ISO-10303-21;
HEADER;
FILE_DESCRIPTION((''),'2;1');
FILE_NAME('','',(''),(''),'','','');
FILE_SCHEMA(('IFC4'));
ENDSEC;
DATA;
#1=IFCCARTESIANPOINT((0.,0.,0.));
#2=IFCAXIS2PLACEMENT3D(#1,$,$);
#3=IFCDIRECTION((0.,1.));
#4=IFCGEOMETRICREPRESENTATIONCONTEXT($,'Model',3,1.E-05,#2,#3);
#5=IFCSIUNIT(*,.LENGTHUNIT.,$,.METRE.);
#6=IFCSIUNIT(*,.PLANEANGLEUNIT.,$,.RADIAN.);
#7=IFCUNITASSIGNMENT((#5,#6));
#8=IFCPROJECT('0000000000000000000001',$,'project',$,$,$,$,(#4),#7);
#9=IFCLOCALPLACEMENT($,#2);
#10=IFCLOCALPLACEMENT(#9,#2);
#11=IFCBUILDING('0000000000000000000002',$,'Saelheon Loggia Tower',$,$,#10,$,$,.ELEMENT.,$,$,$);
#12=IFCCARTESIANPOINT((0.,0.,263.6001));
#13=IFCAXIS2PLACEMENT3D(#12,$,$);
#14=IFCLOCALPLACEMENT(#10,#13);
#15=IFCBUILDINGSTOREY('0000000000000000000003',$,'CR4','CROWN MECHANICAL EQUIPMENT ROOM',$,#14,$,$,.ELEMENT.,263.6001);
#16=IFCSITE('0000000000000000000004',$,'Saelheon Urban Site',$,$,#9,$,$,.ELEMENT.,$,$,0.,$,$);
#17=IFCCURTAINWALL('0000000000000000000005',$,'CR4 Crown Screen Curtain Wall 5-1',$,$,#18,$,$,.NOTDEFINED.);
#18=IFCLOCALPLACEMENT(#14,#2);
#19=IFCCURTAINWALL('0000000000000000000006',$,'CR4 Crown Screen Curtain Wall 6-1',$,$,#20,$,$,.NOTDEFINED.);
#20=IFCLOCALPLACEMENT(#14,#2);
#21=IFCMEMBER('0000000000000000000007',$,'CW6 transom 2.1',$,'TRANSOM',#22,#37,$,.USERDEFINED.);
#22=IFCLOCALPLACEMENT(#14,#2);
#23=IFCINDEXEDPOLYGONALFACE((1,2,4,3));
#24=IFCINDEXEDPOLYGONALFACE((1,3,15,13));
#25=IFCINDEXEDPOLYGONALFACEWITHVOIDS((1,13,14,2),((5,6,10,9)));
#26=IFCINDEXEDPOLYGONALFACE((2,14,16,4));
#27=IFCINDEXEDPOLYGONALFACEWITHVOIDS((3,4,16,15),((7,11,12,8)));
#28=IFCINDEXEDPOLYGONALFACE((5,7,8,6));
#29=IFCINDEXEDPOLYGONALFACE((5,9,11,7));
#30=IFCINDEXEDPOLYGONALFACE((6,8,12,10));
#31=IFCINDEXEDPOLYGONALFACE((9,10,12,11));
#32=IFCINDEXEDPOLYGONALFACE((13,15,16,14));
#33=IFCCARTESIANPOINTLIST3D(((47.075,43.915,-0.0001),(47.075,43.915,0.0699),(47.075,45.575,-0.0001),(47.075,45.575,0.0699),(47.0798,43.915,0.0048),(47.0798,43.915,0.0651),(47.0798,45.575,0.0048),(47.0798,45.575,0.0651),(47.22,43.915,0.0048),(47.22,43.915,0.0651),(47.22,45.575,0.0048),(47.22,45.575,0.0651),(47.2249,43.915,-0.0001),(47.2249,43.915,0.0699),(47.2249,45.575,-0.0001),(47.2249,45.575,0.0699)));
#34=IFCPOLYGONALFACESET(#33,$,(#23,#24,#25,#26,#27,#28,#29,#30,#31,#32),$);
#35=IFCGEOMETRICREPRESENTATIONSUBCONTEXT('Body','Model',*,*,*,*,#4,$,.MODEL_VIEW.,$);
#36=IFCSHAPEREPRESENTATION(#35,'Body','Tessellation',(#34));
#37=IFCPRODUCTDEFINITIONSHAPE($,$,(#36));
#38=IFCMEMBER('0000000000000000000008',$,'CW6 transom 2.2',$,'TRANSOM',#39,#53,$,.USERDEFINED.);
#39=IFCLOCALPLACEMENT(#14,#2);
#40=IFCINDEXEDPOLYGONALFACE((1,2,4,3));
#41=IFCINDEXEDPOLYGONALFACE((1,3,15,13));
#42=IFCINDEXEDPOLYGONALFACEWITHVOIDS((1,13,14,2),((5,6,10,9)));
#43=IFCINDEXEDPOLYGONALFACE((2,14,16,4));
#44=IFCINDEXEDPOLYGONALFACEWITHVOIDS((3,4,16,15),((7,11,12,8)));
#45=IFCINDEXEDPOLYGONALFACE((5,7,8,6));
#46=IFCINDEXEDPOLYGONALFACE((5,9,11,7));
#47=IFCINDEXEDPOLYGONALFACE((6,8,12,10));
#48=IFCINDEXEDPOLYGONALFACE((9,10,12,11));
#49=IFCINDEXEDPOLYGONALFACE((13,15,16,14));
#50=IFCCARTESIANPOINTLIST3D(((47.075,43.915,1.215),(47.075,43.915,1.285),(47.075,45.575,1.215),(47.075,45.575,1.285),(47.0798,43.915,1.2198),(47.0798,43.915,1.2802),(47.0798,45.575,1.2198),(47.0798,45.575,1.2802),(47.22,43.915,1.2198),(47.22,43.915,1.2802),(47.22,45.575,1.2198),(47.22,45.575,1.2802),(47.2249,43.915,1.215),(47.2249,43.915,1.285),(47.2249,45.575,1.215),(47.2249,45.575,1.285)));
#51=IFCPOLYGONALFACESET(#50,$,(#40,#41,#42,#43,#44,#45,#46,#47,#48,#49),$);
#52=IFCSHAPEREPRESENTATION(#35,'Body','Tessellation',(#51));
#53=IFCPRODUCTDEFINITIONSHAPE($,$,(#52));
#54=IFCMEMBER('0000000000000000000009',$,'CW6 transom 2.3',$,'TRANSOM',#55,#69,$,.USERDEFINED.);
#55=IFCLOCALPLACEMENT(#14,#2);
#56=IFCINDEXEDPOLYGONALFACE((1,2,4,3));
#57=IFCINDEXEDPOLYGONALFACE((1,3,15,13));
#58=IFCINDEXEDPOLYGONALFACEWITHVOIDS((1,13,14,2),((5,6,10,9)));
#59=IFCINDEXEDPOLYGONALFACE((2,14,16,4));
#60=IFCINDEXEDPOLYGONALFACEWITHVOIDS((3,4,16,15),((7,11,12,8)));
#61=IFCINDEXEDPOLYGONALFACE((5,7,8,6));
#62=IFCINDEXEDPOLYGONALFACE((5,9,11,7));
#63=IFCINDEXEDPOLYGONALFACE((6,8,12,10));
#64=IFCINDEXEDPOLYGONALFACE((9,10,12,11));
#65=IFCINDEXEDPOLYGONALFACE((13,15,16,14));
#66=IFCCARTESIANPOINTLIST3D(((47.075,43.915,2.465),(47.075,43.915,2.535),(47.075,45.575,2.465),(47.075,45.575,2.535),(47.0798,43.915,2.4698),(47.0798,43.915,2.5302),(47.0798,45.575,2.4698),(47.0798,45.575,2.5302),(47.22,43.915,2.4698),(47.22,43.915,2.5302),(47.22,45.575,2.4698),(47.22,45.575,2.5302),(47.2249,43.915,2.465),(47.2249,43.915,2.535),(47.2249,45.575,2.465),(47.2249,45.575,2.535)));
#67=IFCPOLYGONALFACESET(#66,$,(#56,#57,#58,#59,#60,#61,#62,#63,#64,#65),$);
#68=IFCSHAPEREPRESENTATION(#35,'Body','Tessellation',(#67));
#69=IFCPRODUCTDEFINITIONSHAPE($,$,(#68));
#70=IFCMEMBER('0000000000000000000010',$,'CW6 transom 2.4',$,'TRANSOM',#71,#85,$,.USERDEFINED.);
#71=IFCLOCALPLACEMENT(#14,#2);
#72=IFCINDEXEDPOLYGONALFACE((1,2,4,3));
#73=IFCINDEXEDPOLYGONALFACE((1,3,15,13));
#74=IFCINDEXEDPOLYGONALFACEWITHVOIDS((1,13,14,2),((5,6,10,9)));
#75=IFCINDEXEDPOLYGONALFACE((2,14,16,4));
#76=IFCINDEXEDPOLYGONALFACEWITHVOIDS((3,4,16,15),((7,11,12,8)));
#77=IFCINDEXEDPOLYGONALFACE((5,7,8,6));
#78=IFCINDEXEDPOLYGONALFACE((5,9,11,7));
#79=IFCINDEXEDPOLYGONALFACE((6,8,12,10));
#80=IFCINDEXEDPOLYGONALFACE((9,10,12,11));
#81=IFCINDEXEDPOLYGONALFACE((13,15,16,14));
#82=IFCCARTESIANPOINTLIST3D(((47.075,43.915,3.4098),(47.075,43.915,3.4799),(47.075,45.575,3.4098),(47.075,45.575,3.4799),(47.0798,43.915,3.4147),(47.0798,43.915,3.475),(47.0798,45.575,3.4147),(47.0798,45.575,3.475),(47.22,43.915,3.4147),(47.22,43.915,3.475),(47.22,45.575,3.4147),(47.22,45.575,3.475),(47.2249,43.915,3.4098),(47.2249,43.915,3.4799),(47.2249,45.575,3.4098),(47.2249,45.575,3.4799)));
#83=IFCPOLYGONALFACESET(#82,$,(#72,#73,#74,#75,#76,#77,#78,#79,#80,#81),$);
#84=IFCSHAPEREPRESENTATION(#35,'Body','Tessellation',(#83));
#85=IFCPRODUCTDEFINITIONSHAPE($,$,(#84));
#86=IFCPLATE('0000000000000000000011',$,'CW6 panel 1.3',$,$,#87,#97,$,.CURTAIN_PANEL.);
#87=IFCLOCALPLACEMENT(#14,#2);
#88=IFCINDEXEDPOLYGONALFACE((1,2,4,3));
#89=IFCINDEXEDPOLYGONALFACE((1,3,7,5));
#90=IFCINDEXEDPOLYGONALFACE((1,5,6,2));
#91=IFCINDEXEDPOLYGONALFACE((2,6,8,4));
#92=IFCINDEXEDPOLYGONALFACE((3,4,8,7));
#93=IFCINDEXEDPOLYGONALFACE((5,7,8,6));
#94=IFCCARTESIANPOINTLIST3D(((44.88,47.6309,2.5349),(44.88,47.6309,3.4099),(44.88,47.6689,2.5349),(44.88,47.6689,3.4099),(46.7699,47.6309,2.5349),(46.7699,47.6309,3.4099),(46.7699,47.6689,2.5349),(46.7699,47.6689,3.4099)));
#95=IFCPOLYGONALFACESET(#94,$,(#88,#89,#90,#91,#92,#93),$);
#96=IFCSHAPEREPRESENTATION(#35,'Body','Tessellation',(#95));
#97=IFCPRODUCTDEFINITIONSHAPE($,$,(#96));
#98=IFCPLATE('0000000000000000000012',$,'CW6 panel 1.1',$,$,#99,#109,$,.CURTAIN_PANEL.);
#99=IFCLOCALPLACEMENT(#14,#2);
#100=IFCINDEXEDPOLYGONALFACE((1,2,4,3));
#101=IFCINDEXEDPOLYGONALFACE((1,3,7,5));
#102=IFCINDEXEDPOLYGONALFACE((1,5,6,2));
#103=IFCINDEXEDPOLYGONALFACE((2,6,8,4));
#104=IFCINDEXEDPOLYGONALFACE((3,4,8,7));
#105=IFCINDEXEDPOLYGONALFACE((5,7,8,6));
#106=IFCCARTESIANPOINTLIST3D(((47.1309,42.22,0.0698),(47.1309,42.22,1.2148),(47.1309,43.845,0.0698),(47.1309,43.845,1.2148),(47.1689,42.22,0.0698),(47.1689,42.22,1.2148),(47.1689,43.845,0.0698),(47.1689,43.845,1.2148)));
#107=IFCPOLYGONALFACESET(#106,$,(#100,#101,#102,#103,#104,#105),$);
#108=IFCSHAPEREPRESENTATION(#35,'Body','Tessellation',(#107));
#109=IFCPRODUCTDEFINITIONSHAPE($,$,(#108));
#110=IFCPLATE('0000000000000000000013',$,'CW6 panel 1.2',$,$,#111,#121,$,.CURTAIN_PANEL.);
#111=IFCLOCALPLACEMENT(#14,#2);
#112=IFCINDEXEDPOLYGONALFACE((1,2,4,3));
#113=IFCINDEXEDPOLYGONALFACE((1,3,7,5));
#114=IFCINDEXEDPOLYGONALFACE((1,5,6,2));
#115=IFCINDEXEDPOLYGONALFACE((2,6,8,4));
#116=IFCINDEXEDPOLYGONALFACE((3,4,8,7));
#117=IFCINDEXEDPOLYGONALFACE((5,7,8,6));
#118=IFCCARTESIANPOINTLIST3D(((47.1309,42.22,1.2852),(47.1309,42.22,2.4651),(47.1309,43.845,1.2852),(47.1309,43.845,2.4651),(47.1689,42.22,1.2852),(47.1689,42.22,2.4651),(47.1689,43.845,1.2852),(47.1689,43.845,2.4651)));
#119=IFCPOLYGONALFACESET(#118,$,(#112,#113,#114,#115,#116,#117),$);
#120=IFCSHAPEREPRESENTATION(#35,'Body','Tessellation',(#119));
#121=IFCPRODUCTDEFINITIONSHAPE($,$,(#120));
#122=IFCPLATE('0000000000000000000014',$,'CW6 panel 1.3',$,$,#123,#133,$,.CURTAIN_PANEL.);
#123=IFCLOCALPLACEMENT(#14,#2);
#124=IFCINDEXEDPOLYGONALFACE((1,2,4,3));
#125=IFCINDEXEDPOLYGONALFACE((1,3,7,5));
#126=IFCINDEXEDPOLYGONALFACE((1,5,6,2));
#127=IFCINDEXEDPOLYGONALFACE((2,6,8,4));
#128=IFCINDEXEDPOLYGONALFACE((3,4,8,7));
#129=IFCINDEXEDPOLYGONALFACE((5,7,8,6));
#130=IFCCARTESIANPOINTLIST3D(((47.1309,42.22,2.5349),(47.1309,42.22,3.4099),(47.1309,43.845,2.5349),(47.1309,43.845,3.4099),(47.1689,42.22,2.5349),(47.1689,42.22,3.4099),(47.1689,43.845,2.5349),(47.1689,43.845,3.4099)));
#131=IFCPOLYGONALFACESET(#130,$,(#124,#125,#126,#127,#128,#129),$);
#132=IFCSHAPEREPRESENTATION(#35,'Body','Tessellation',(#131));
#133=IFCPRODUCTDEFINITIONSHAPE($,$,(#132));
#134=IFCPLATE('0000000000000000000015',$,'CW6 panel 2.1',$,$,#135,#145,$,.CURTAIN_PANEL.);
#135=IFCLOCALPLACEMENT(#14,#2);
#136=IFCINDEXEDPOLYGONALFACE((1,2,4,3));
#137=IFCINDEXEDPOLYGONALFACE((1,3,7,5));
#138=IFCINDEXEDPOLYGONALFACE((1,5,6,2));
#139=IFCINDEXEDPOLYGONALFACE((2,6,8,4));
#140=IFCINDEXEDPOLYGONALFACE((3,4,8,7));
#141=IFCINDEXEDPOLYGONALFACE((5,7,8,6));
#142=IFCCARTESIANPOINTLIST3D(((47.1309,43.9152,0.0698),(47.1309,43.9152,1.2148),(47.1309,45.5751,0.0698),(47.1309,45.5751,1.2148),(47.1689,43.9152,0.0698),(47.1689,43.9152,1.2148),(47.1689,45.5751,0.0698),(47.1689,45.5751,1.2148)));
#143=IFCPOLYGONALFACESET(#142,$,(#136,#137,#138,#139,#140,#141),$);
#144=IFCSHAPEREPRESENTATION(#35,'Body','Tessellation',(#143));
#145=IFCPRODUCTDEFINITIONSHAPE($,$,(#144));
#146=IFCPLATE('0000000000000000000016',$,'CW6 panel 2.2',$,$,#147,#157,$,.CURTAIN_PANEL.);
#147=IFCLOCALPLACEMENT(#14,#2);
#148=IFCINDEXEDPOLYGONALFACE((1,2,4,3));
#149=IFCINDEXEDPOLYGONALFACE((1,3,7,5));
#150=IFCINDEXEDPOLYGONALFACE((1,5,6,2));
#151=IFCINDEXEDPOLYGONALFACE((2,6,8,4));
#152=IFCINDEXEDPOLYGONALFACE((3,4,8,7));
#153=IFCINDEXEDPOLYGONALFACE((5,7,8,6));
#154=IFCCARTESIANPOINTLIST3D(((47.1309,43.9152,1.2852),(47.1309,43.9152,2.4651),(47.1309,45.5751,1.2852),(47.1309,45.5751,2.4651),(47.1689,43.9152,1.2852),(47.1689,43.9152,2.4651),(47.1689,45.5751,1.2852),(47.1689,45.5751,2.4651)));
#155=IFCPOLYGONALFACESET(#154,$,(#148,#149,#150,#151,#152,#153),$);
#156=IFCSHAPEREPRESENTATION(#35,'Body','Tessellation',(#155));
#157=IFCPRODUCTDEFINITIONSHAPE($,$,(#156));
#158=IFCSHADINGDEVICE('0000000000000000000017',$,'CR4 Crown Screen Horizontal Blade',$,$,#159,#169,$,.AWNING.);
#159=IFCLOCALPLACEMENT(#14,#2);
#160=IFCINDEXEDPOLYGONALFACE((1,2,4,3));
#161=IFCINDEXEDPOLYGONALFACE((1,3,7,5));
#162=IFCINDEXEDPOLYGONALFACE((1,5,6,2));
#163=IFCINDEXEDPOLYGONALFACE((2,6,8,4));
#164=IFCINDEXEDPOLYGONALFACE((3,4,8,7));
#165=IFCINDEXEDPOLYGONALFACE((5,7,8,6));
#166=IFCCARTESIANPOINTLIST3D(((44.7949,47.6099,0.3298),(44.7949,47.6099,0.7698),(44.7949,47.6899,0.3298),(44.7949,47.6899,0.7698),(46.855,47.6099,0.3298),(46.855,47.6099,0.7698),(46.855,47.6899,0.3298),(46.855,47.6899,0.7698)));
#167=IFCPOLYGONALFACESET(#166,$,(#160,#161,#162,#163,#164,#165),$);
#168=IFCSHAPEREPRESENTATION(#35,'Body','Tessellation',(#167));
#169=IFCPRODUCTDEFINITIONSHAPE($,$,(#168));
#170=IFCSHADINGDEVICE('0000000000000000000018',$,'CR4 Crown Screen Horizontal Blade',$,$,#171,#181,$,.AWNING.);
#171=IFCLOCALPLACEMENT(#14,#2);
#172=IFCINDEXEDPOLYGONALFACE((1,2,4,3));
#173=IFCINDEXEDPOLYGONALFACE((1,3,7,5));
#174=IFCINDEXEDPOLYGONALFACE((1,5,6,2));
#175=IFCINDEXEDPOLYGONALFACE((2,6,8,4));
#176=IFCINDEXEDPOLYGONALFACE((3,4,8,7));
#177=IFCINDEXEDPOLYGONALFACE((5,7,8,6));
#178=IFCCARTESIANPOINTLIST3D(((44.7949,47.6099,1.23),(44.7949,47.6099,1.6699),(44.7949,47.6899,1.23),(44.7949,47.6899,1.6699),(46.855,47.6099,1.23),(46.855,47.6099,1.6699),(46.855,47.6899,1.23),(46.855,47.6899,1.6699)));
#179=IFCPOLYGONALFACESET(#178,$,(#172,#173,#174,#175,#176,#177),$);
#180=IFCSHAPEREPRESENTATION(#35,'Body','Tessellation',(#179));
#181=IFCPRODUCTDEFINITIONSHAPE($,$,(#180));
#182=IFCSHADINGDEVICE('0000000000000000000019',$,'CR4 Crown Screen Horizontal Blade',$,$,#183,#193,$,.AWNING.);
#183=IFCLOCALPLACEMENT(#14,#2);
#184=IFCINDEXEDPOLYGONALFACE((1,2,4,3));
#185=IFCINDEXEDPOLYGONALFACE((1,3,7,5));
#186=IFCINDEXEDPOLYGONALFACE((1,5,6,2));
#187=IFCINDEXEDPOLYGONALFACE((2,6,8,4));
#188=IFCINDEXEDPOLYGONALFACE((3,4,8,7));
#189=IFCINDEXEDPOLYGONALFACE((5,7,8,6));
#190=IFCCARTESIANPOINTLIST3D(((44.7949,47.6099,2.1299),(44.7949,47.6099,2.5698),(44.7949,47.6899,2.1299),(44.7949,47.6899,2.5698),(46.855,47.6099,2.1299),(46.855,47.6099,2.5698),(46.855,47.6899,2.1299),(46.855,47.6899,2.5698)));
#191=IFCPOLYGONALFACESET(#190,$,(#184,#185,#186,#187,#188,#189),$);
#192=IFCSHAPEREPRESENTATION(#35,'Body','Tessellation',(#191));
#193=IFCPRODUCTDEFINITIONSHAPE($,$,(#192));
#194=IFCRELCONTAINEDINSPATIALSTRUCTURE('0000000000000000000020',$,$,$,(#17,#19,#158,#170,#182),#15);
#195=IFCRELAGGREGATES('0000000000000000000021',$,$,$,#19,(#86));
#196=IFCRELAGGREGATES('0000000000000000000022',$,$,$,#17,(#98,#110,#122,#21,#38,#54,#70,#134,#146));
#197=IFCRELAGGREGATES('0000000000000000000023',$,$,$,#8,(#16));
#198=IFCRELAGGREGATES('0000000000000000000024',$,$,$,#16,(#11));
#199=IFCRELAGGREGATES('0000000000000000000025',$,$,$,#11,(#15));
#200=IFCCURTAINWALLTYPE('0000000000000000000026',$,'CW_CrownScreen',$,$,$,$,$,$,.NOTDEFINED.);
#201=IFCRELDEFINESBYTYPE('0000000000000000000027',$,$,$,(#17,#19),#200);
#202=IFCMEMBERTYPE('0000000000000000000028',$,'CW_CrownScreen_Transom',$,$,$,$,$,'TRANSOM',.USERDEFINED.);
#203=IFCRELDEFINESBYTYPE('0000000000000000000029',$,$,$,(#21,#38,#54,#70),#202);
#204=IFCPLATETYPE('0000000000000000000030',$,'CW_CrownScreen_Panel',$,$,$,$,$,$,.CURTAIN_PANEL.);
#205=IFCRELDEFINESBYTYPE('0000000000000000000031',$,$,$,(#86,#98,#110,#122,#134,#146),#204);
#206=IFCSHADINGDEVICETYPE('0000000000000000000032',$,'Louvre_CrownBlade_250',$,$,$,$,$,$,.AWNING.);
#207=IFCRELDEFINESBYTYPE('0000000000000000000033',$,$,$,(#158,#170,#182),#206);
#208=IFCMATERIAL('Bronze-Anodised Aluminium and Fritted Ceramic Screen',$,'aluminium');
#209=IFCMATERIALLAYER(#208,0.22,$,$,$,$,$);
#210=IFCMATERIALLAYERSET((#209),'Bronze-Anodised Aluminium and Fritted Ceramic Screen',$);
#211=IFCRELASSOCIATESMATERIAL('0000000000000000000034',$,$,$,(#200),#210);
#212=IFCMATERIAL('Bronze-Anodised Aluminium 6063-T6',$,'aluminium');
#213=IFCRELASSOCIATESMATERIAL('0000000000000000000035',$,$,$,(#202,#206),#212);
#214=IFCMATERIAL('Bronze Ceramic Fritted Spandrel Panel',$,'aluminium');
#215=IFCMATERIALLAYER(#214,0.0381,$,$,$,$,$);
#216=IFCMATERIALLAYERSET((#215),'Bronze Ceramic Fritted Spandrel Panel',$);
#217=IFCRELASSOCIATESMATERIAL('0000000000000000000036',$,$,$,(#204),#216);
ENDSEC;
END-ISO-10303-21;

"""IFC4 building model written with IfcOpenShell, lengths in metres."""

from ifc_helpers import new_model, si_unit, direction, frame, origin, origin_2d, place, context, subcontext, project, spatial, rectangle, hollow_rectangle, extrude, source, transform, mapped, material, layer, layer_set, material_profile, profile_set, type_object, element, aggregate, save


model = new_model("IFC4")

# Units and contexts
model_context = context("Model", 3, precision=1e-05, world=origin(), true_north=direction((0.0, 1.0)))
body_context = subcontext(model_context, "Body", "Model", "MODEL_VIEW")
ifc_project = project(units=[si_unit("LENGTHUNIT", "METRE"), si_unit("PLANEANGLEUNIT", "RADIAN")], contexts=[model_context])

# Site, building, storey
site_placement = place(None, origin())
site = spatial("IfcSite", under=ifc_project, at=site_placement, Name="Saelheon Urban Site", CompositionType="ELEMENT", RefElevation=0.0)
building_placement = place(site_placement, origin())
building = spatial("IfcBuilding", under=site, at=building_placement, Name="Saelheon Loggia Tower", CompositionType="ELEMENT")
storey_placement = place(building_placement, frame((0.0, 0.0, 263.6001)))
storey = spatial("IfcBuildingStorey", under=building, at=storey_placement, Name="CR4", Description="CROWN MECHANICAL EQUIPMENT ROOM", CompositionType="ELEMENT", Elevation=263.6001)

# Curtain walls
ifc_material_1 = material(Name="Bronze-Anodised Aluminium and Fritted Ceramic Screen", Category="aluminium")
ifc_layer_1 = layer(ifc_material_1, 0.22)
ifc_layer_set_1 = layer_set([ifc_layer_1], Name="Bronze-Anodised Aluminium and Fritted Ceramic Screen")
curtain_wall_type = type_object("IfcCurtainWallType", Name="CW_CrownScreen", PredefinedType="NOTDEFINED", material=ifc_layer_set_1)
curtain_wall_1_placement = place(storey_placement, origin())
curtain_wall_1 = element("IfcCurtainWall", 1, at=curtain_wall_1_placement, inside=storey, type_object=curtain_wall_type, Name="CR4 Crown Screen Curtain Wall 5-1", PredefinedType="NOTDEFINED")
ifc_material_2 = material(Name="Bronze-Anodised Aluminium 6063-T6", Category="aluminium")
curtain_wall_2_placement = place(storey_placement, origin())
curtain_wall_2 = element("IfcCurtainWall", 2, at=curtain_wall_2_placement, inside=storey, type_object=curtain_wall_type, Name="CR4 Crown Screen Curtain Wall 6-1", PredefinedType="NOTDEFINED")
ifc_material_profile_1 = material_profile(ifc_material_2, hollow_rectangle(XDim=0.0701, YDim=0.1499, WallThickness=0.0049, at=origin_2d()), Name="RHS-150x70x5")
ifc_profile_set_1 = profile_set([ifc_material_profile_1], Name="Bronze-Anodised Aluminium 6063-T6")
member_type_1 = type_object("IfcMemberType", Name="CW_CrownScreen_Transom", ElementType="TRANSOM", PredefinedType="USERDEFINED", material=ifc_profile_set_1)

# Members
shared_shape_1 = source(origin(), body_context, "Body", "SweptSolid", [
    extrude(hollow_rectangle(XDim=0.0701, YDim=0.1499, WallThickness=0.0049, at=origin_2d()), origin(), (0.0, 0.0, 1.0), 1.6599),
])
member_1_placement = place(storey_placement, frame((47.1499, 43.915, 0.0349), z_axis=(0.0, 1.0, 0.0), x_axis=(0.0, 0.0, 1.0)))
member_1 = element("IfcMember", 3, at=member_1_placement, type_object=member_type_1, Name="CW6 transom 2.1", ObjectType="TRANSOM", PredefinedType="USERDEFINED", context=body_context, shape_type="MappedRepresentation", body=[
    mapped(shared_shape_1, transform((0.0, 0.0, 0.0), scale=1.0)),
])
member_2_placement = place(storey_placement, frame((47.1499, 43.915, 1.25), z_axis=(0.0, 1.0, 0.0), x_axis=(0.0, 0.0, 1.0)))
member_2 = element("IfcMember", 4, at=member_2_placement, type_object=member_type_1, Name="CW6 transom 2.2", ObjectType="TRANSOM", PredefinedType="USERDEFINED", context=body_context, shape_type="MappedRepresentation", body=[
    mapped(shared_shape_1, transform((0.0, 0.0, 0.0), scale=1.0)),
])
member_3_placement = place(storey_placement, frame((47.1499, 43.915, 2.5), z_axis=(0.0, 1.0, 0.0), x_axis=(0.0, 0.0, 1.0)))
member_3 = element("IfcMember", 5, at=member_3_placement, type_object=member_type_1, Name="CW6 transom 2.3", ObjectType="TRANSOM", PredefinedType="USERDEFINED", context=body_context, shape_type="MappedRepresentation", body=[
    mapped(shared_shape_1, transform((0.0, 0.0, 0.0), scale=1.0)),
])
member_4_placement = place(storey_placement, frame((47.1499, 43.915, 3.4448), z_axis=(0.0, 1.0, 0.0), x_axis=(0.0, 0.0, 1.0)))
member_4 = element("IfcMember", 6, at=member_4_placement, type_object=member_type_1, Name="CW6 transom 2.4", ObjectType="TRANSOM", PredefinedType="USERDEFINED", context=body_context, shape_type="MappedRepresentation", body=[
    mapped(shared_shape_1, transform((0.0, 0.0, 0.0), scale=1.0)),
])

# Plates
ifc_material_3 = material(Name="Bronze Ceramic Fritted Spandrel Panel", Category="aluminium")
ifc_layer_2 = layer(ifc_material_3, 0.0381)
ifc_layer_set_2 = layer_set([ifc_layer_2], Name="Bronze Ceramic Fritted Spandrel Panel")
plate_type = type_object("IfcPlateType", Name="CW_CrownScreen_Panel", PredefinedType="CURTAIN_PANEL", material=ifc_layer_set_2)
shared_shape_2 = source(origin(), body_context, "Body", "SweptSolid", [
    extrude(rectangle(XDim=1.8899, YDim=0.0381, at=origin_2d()), origin(), (0.0, 0.0, 1.0), 0.875),
])
plate_1_placement = place(storey_placement, frame((45.825, 47.6499, 2.5349), z_axis=(0.0, 0.0, 1.0), x_axis=(-1.0, 0.0, 0.0)))
plate_1 = element("IfcPlate", 7, at=plate_1_placement, type_object=plate_type, Name="CW6 panel 1.3", PredefinedType="CURTAIN_PANEL", context=body_context, shape_type="MappedRepresentation", body=[
    mapped(shared_shape_2, transform((0.0, 0.0, 0.0), scale=1.0)),
])
aggregate(curtain_wall_2, [plate_1])
shared_shape_3 = source(origin(), body_context, "Body", "SweptSolid", [
    extrude(rectangle(XDim=1.625, YDim=0.0381, at=origin_2d()), origin(), (0.0, 0.0, 1.0), 1.145),
])
plate_2_placement = place(storey_placement, frame((47.1499, 43.0325, 0.0698), z_axis=(0.0, 0.0, 1.0), x_axis=(0.0, 1.0, 0.0)))
plate_2 = element("IfcPlate", 8, at=plate_2_placement, type_object=plate_type, Name="CW6 panel 1.1", PredefinedType="CURTAIN_PANEL", context=body_context, shape_type="MappedRepresentation", body=[
    mapped(shared_shape_3, transform((0.0, 0.0, 0.0), scale=1.0)),
])
shared_shape_4 = source(origin(), body_context, "Body", "SweptSolid", [
    extrude(rectangle(XDim=1.625, YDim=0.0381, at=origin_2d()), origin(), (0.0, 0.0, 1.0), 1.1799),
])
plate_3_placement = place(storey_placement, frame((47.1499, 43.0325, 1.2852), z_axis=(0.0, 0.0, 1.0), x_axis=(0.0, 1.0, 0.0)))
plate_3 = element("IfcPlate", 9, at=plate_3_placement, type_object=plate_type, Name="CW6 panel 1.2", PredefinedType="CURTAIN_PANEL", context=body_context, shape_type="MappedRepresentation", body=[
    mapped(shared_shape_4, transform((0.0, 0.0, 0.0), scale=1.0)),
])
shared_shape_5 = source(origin(), body_context, "Body", "SweptSolid", [
    extrude(rectangle(XDim=1.625, YDim=0.0381, at=origin_2d()), origin(), (0.0, 0.0, 1.0), 0.875),
])
plate_4_placement = place(storey_placement, frame((47.1499, 43.0325, 2.5349), z_axis=(0.0, 0.0, 1.0), x_axis=(0.0, 1.0, 0.0)))
plate_4 = element("IfcPlate", 10, at=plate_4_placement, type_object=plate_type, Name="CW6 panel 1.3", PredefinedType="CURTAIN_PANEL", context=body_context, shape_type="MappedRepresentation", body=[
    mapped(shared_shape_5, transform((0.0, 0.0, 0.0), scale=1.0)),
])
shared_shape_6 = source(origin(), body_context, "Body", "SweptSolid", [
    extrude(rectangle(XDim=1.6599, YDim=0.0381, at=origin_2d()), origin(), (0.0, 0.0, 1.0), 1.145),
])
plate_5_placement = place(storey_placement, frame((47.1499, 44.7451, 0.0698), z_axis=(0.0, 0.0, 1.0), x_axis=(0.0, 1.0, 0.0)))
plate_5 = element("IfcPlate", 11, at=plate_5_placement, type_object=plate_type, Name="CW6 panel 2.1", PredefinedType="CURTAIN_PANEL", context=body_context, shape_type="MappedRepresentation", body=[
    mapped(shared_shape_6, transform((0.0, 0.0, 0.0), scale=1.0)),
])
shared_shape_7 = source(origin(), body_context, "Body", "SweptSolid", [
    extrude(rectangle(XDim=1.6599, YDim=0.0381, at=origin_2d()), origin(), (0.0, 0.0, 1.0), 1.1799),
])
plate_6_placement = place(storey_placement, frame((47.1499, 44.7451, 1.2852), z_axis=(0.0, 0.0, 1.0), x_axis=(0.0, 1.0, 0.0)))
plate_6 = element("IfcPlate", 12, at=plate_6_placement, type_object=plate_type, Name="CW6 panel 2.2", PredefinedType="CURTAIN_PANEL", context=body_context, shape_type="MappedRepresentation", body=[
    mapped(shared_shape_7, transform((0.0, 0.0, 0.0), scale=1.0)),
])
aggregate(curtain_wall_1, [plate_2, plate_3, plate_4, member_1, member_2, member_3, member_4, plate_5, plate_6])

# Shading devices
ifc_material_profile_2 = material_profile(ifc_material_2, rectangle(XDim=0.0801, YDim=0.4399, at=origin_2d()), Name="Louvre_CrownBlade_250")
ifc_profile_set_2 = profile_set([ifc_material_profile_2], Name="Bronze-Anodised Aluminium 6063-T6")
shading_device_type = type_object("IfcShadingDeviceType", Name="Louvre_CrownBlade_250", PredefinedType="AWNING", material=ifc_profile_set_2)
shared_shape_8 = source(origin(), body_context, "Body", "SweptSolid", [
    extrude(rectangle(XDim=0.0801, YDim=0.4399, at=origin_2d()), origin(), (0.0, 0.0, 1.0), 2.0601),
])
for number, where, z_axis, x_axis, name in (
    (13, (46.855, 47.6499, 0.5498), (-1.0, 0.0, 0.0), (0.0, -1.0, 0.0), "CR4 Crown Screen Horizontal Blade"),
    (14, (46.855, 47.6499, 1.45), (-1.0, 0.0, 0.0), (0.0, -1.0, 0.0), "CR4 Crown Screen Horizontal Blade"),
    (15, (46.855, 47.6499, 2.3499), (-1.0, 0.0, 0.0), (0.0, -1.0, 0.0), "CR4 Crown Screen Horizontal Blade"),
):
    element("IfcShadingDevice", number, at=place(storey_placement, frame(where, z_axis=z_axis, x_axis=x_axis)), inside=storey, type_object=shading_device_type, Name=name, PredefinedType="AWNING", context=body_context, shape_type="MappedRepresentation", body=[
        mapped(shared_shape_8, transform((0.0, 0.0, 0.0), scale=1.0)),
    ])

save(model, "model.ifc")
